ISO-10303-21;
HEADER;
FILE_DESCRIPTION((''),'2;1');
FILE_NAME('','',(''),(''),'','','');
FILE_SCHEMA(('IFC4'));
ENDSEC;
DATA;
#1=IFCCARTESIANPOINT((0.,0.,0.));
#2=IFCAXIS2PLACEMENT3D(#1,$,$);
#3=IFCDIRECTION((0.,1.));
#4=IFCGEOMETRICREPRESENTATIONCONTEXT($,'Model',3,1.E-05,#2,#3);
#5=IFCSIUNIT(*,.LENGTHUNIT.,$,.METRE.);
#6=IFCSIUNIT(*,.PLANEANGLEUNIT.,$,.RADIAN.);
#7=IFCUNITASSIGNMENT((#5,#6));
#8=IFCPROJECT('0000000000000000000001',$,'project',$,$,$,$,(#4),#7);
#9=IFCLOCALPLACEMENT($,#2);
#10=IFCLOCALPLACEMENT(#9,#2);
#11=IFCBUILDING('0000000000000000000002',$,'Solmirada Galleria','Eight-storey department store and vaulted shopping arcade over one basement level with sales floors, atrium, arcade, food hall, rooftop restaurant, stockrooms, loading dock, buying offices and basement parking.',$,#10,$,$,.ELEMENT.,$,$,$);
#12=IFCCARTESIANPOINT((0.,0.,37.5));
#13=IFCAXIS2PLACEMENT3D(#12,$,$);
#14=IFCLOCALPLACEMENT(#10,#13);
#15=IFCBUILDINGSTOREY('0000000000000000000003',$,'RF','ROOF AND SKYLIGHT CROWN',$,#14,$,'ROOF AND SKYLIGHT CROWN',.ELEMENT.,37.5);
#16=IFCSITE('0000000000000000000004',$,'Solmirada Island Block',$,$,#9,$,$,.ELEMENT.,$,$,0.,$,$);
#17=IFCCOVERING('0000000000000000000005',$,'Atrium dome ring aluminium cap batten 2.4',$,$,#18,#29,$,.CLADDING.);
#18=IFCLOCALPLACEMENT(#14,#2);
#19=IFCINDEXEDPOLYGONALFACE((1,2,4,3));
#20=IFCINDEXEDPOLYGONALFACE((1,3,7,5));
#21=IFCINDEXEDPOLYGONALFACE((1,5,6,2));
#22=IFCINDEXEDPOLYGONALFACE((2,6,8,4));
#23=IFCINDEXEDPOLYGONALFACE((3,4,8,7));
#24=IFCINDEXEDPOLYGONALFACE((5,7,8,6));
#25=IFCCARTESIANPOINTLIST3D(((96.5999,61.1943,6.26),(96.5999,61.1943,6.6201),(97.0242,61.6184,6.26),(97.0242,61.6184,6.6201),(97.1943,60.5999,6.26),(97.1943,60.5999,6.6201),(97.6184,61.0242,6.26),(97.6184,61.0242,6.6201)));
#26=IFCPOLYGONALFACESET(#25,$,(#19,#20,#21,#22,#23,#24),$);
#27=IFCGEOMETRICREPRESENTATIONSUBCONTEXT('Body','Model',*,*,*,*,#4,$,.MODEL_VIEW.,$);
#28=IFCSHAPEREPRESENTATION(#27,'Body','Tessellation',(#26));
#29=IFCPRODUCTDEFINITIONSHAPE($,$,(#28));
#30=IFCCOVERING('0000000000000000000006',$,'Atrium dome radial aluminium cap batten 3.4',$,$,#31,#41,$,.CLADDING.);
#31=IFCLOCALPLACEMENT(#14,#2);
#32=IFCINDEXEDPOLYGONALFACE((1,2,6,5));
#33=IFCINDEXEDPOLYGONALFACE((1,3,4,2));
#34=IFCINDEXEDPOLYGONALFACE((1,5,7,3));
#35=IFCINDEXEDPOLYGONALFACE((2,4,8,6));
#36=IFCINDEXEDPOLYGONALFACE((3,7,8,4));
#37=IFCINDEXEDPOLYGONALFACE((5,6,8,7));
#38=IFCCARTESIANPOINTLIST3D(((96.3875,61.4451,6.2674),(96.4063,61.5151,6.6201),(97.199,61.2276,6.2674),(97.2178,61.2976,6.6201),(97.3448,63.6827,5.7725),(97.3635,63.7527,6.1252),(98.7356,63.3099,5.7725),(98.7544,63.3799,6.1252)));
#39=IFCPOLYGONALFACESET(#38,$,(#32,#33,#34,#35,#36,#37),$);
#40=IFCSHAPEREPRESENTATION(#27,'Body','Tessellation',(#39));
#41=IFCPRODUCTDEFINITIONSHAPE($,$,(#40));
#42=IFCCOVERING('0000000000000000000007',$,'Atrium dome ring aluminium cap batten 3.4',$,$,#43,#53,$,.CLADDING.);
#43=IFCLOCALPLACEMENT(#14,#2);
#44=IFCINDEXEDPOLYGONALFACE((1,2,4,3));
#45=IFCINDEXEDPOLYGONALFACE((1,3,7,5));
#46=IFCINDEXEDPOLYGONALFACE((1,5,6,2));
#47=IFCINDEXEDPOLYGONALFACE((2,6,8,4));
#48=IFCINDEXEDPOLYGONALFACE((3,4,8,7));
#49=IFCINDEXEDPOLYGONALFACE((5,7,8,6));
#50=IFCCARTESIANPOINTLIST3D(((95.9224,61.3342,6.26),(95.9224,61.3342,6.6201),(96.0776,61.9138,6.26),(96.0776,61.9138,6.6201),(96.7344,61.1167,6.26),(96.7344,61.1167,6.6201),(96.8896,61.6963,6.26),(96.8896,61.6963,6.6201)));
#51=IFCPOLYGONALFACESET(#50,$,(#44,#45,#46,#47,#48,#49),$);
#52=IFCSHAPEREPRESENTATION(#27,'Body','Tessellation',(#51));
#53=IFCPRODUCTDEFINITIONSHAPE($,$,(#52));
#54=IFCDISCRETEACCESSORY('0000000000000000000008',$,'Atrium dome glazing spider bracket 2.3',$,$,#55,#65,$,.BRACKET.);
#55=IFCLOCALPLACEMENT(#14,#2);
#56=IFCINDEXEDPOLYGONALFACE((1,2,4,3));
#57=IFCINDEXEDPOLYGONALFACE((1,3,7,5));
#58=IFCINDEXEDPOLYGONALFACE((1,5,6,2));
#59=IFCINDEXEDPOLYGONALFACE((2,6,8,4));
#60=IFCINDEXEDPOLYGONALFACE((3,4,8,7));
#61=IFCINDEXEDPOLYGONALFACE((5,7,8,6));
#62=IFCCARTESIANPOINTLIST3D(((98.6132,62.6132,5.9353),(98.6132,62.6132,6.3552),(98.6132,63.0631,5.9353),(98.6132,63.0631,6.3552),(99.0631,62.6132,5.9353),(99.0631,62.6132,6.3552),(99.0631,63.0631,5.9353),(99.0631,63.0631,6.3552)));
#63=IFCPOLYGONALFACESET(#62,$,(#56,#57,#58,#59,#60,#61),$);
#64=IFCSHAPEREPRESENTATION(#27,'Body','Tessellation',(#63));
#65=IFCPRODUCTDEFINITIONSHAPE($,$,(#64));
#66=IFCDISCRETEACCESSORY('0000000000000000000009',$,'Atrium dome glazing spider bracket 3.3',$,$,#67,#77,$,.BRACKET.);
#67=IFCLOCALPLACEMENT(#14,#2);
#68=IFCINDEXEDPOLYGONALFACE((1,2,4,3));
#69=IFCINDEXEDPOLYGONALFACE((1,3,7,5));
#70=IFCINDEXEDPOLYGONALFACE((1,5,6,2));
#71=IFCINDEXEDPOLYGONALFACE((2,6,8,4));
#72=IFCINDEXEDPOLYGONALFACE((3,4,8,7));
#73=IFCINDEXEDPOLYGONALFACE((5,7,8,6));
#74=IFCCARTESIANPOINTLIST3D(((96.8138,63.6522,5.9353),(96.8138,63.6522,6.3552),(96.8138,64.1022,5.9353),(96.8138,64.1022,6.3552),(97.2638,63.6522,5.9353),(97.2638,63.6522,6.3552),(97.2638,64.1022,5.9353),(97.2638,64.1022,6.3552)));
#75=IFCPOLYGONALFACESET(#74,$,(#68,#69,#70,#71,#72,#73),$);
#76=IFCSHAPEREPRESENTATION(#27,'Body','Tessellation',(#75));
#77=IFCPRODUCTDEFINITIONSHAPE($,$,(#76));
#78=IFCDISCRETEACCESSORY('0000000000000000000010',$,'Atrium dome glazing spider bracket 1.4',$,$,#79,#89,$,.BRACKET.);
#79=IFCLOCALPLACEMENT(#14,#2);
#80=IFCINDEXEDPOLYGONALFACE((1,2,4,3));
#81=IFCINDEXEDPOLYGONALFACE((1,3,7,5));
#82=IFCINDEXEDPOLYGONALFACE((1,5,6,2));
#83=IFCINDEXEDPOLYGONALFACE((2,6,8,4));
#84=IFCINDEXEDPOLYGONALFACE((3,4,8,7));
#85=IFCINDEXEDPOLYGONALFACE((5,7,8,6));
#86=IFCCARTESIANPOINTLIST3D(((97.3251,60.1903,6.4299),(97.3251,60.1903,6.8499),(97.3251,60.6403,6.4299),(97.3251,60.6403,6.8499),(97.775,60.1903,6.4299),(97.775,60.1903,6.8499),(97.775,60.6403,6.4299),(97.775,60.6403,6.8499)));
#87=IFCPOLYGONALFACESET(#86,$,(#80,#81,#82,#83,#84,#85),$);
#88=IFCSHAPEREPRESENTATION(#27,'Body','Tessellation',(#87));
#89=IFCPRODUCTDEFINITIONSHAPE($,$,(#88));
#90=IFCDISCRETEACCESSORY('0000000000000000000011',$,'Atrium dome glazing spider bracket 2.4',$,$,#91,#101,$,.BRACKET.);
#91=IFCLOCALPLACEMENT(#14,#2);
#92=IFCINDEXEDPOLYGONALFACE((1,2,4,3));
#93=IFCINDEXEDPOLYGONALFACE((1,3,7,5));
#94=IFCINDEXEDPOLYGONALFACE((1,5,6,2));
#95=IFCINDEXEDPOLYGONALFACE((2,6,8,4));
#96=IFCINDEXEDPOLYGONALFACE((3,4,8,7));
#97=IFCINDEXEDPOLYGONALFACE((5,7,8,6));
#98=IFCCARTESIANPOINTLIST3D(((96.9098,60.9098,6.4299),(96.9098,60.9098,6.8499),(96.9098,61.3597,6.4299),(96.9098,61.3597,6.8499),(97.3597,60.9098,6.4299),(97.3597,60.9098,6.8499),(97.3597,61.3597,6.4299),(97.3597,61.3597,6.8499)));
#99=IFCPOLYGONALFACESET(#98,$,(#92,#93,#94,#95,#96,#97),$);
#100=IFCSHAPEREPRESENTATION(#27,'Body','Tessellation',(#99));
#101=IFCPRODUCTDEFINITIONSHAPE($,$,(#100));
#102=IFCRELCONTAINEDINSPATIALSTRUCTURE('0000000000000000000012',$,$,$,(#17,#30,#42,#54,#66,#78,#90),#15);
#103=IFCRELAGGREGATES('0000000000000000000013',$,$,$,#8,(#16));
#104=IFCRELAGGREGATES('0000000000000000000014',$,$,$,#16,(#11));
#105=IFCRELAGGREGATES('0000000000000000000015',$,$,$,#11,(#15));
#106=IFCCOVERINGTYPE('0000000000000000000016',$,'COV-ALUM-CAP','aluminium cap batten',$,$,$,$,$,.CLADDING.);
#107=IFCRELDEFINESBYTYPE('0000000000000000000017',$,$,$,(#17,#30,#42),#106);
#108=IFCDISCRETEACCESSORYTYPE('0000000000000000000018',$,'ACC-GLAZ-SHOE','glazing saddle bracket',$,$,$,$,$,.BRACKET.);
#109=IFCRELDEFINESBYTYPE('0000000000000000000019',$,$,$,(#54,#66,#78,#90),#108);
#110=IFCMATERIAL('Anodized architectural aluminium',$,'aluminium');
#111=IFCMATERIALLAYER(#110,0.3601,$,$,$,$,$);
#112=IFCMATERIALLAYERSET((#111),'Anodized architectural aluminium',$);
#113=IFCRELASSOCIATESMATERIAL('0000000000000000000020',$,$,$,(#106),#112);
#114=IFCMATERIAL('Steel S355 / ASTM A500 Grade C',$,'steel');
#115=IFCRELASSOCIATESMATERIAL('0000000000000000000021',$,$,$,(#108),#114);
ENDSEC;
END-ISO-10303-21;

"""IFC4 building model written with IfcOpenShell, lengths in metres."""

from ifc_helpers import new_model, si_unit, direction, frame, origin, origin_2d, place, context, subcontext, project, spatial, polyline, rectangle, outline, extrude, material, layer, layer_set, type_object, element, save


model = new_model("IFC4")

# Units and contexts
model_context = context("Model", 3, precision=1e-05, world=origin(), true_north=direction((0.0, 1.0)))
body_context = subcontext(model_context, "Body", "Model", "MODEL_VIEW")
ifc_project = project(units=[si_unit("LENGTHUNIT", "METRE"), si_unit("PLANEANGLEUNIT", "RADIAN")], contexts=[model_context])

# Site, building, storey
site_placement = place(None, origin())
site = spatial("IfcSite", under=ifc_project, at=site_placement, Name="Solmirada Island Block", CompositionType="ELEMENT", RefElevation=0.0)
building_placement = place(site_placement, origin())
building = spatial("IfcBuilding", under=site, at=building_placement, Name="Solmirada Galleria", Description="Eight-storey department store and vaulted shopping arcade over one basement level with sales floors, atrium, arcade, food hall, rooftop restaurant, stockrooms, loading dock, buying offices and basement parking.", CompositionType="ELEMENT")
storey_placement = place(building_placement, frame((0.0, 0.0, 37.5)))
storey = spatial("IfcBuildingStorey", under=building, at=storey_placement, Name="RF", Description="ROOF AND SKYLIGHT CROWN", LongName="ROOF AND SKYLIGHT CROWN", CompositionType="ELEMENT", Elevation=37.5)

# Shared definitions
ifc_material_1 = material(Name="Steel S355 / ASTM A500 Grade C", Category="steel")

# Coverings
ifc_material_2 = material(Name="Anodized architectural aluminium", Category="aluminium")
ifc_layer_1 = layer(ifc_material_2, 0.3601)
ifc_layer_set_1 = layer_set([ifc_layer_1], Name="Anodized architectural aluminium")
covering_type = type_object("IfcCoveringType", Name="COV-ALUM-CAP", Description="aluminium cap batten", PredefinedType="CLADDING", material=ifc_layer_set_1)
covering_1_placement = place(storey_placement, frame((97.6184, 61.0242, 6.6201), z_axis=(0.0, 0.0, 1.0), x_axis=(-0.706903, -0.70731, 0.0)))
element("IfcCovering", 1, at=covering_1_placement, inside=storey, type_object=covering_type, Name="Atrium dome ring aluminium cap batten 2.4", PredefinedType="CLADDING", context=body_context, shape_type="SweptSolid", body=[
    extrude(outline(polyline([(0.0, 0.0), (0.5999, 0.0), (0.5997, -0.8407), (-0.0002, -0.8404), (0.0, 0.0)])), origin(), (0.0, 0.0, -1.0), 0.3601),
])
covering_2_placement = place(storey_placement, frame((98.7544, 63.3799, 6.1252), z_axis=(0.052095, 0.194356, 0.979547), x_axis=(-0.965905, 0.258897, 0.000001)))
element("IfcCovering", 2, at=covering_2_placement, inside=storey, type_object=covering_type, Name="Atrium dome radial aluminium cap batten 3.4", PredefinedType="CLADDING", context=body_context, shape_type="SweptSolid", body=[
    extrude(outline(polyline([(0.0, 0.0), (1.44, 0.0), (1.7853, 2.4594), (0.9451, 2.4594), (0.0, 0.0)])), origin(), (0.0, 0.0, -1.0), 0.3601),
])
covering_3_placement = place(storey_placement, frame((96.8896, 61.6963, 6.6201), z_axis=(0.0, 0.0, 1.0), x_axis=(-0.258777, -0.965937, 0.0)))
element("IfcCovering", 3, at=covering_3_placement, inside=storey, type_object=covering_type, Name="Atrium dome ring aluminium cap batten 3.4", PredefinedType="CLADDING", context=body_context, shape_type="SweptSolid", body=[
    extrude(outline(polyline([(0.0, 0.0), (0.6, 0.0), (0.6, -0.8406), (0.0, -0.8406), (0.0, 0.0)])), origin(), (0.0, 0.0, -1.0), 0.3601),
])

# Discrete accessories
discrete_accessory_type = type_object("IfcDiscreteAccessoryType", Name="ACC-GLAZ-SHOE", Description="glazing saddle bracket", PredefinedType="BRACKET", material=ifc_material_1)
for number, where, z_axis, x_axis, name in (
    (4, (98.8381, 62.8381, 5.9353), (0.0, 0.0, 1.0), (1.0, 0.0, 0.0), "Atrium dome glazing spider bracket 2.3"),
    (5, (97.0388, 63.8772, 5.9353), (0.0, 0.0, 1.0), (1.0, 0.0, 0.0), "Atrium dome glazing spider bracket 3.3"),
    (6, (97.55, 60.4153, 6.4299), (0.0, 0.0, 1.0), (1.0, 0.0, 0.0), "Atrium dome glazing spider bracket 1.4"),
    (7, (97.1348, 61.1348, 6.4299), (0.0, 0.0, 1.0), (1.0, 0.0, 0.0), "Atrium dome glazing spider bracket 2.4"),
):
    element("IfcDiscreteAccessory", number, at=place(storey_placement, frame(where, z_axis=z_axis, x_axis=x_axis)), inside=storey, type_object=discrete_accessory_type, Name=name, PredefinedType="BRACKET", context=body_context, shape_type="SweptSolid", body=[
        extrude(rectangle(XDim=0.45, YDim=0.45, at=origin_2d()), origin(), (0.0, 0.0, 1.0), 0.4199),
    ])

save(model, "model.ifc")
